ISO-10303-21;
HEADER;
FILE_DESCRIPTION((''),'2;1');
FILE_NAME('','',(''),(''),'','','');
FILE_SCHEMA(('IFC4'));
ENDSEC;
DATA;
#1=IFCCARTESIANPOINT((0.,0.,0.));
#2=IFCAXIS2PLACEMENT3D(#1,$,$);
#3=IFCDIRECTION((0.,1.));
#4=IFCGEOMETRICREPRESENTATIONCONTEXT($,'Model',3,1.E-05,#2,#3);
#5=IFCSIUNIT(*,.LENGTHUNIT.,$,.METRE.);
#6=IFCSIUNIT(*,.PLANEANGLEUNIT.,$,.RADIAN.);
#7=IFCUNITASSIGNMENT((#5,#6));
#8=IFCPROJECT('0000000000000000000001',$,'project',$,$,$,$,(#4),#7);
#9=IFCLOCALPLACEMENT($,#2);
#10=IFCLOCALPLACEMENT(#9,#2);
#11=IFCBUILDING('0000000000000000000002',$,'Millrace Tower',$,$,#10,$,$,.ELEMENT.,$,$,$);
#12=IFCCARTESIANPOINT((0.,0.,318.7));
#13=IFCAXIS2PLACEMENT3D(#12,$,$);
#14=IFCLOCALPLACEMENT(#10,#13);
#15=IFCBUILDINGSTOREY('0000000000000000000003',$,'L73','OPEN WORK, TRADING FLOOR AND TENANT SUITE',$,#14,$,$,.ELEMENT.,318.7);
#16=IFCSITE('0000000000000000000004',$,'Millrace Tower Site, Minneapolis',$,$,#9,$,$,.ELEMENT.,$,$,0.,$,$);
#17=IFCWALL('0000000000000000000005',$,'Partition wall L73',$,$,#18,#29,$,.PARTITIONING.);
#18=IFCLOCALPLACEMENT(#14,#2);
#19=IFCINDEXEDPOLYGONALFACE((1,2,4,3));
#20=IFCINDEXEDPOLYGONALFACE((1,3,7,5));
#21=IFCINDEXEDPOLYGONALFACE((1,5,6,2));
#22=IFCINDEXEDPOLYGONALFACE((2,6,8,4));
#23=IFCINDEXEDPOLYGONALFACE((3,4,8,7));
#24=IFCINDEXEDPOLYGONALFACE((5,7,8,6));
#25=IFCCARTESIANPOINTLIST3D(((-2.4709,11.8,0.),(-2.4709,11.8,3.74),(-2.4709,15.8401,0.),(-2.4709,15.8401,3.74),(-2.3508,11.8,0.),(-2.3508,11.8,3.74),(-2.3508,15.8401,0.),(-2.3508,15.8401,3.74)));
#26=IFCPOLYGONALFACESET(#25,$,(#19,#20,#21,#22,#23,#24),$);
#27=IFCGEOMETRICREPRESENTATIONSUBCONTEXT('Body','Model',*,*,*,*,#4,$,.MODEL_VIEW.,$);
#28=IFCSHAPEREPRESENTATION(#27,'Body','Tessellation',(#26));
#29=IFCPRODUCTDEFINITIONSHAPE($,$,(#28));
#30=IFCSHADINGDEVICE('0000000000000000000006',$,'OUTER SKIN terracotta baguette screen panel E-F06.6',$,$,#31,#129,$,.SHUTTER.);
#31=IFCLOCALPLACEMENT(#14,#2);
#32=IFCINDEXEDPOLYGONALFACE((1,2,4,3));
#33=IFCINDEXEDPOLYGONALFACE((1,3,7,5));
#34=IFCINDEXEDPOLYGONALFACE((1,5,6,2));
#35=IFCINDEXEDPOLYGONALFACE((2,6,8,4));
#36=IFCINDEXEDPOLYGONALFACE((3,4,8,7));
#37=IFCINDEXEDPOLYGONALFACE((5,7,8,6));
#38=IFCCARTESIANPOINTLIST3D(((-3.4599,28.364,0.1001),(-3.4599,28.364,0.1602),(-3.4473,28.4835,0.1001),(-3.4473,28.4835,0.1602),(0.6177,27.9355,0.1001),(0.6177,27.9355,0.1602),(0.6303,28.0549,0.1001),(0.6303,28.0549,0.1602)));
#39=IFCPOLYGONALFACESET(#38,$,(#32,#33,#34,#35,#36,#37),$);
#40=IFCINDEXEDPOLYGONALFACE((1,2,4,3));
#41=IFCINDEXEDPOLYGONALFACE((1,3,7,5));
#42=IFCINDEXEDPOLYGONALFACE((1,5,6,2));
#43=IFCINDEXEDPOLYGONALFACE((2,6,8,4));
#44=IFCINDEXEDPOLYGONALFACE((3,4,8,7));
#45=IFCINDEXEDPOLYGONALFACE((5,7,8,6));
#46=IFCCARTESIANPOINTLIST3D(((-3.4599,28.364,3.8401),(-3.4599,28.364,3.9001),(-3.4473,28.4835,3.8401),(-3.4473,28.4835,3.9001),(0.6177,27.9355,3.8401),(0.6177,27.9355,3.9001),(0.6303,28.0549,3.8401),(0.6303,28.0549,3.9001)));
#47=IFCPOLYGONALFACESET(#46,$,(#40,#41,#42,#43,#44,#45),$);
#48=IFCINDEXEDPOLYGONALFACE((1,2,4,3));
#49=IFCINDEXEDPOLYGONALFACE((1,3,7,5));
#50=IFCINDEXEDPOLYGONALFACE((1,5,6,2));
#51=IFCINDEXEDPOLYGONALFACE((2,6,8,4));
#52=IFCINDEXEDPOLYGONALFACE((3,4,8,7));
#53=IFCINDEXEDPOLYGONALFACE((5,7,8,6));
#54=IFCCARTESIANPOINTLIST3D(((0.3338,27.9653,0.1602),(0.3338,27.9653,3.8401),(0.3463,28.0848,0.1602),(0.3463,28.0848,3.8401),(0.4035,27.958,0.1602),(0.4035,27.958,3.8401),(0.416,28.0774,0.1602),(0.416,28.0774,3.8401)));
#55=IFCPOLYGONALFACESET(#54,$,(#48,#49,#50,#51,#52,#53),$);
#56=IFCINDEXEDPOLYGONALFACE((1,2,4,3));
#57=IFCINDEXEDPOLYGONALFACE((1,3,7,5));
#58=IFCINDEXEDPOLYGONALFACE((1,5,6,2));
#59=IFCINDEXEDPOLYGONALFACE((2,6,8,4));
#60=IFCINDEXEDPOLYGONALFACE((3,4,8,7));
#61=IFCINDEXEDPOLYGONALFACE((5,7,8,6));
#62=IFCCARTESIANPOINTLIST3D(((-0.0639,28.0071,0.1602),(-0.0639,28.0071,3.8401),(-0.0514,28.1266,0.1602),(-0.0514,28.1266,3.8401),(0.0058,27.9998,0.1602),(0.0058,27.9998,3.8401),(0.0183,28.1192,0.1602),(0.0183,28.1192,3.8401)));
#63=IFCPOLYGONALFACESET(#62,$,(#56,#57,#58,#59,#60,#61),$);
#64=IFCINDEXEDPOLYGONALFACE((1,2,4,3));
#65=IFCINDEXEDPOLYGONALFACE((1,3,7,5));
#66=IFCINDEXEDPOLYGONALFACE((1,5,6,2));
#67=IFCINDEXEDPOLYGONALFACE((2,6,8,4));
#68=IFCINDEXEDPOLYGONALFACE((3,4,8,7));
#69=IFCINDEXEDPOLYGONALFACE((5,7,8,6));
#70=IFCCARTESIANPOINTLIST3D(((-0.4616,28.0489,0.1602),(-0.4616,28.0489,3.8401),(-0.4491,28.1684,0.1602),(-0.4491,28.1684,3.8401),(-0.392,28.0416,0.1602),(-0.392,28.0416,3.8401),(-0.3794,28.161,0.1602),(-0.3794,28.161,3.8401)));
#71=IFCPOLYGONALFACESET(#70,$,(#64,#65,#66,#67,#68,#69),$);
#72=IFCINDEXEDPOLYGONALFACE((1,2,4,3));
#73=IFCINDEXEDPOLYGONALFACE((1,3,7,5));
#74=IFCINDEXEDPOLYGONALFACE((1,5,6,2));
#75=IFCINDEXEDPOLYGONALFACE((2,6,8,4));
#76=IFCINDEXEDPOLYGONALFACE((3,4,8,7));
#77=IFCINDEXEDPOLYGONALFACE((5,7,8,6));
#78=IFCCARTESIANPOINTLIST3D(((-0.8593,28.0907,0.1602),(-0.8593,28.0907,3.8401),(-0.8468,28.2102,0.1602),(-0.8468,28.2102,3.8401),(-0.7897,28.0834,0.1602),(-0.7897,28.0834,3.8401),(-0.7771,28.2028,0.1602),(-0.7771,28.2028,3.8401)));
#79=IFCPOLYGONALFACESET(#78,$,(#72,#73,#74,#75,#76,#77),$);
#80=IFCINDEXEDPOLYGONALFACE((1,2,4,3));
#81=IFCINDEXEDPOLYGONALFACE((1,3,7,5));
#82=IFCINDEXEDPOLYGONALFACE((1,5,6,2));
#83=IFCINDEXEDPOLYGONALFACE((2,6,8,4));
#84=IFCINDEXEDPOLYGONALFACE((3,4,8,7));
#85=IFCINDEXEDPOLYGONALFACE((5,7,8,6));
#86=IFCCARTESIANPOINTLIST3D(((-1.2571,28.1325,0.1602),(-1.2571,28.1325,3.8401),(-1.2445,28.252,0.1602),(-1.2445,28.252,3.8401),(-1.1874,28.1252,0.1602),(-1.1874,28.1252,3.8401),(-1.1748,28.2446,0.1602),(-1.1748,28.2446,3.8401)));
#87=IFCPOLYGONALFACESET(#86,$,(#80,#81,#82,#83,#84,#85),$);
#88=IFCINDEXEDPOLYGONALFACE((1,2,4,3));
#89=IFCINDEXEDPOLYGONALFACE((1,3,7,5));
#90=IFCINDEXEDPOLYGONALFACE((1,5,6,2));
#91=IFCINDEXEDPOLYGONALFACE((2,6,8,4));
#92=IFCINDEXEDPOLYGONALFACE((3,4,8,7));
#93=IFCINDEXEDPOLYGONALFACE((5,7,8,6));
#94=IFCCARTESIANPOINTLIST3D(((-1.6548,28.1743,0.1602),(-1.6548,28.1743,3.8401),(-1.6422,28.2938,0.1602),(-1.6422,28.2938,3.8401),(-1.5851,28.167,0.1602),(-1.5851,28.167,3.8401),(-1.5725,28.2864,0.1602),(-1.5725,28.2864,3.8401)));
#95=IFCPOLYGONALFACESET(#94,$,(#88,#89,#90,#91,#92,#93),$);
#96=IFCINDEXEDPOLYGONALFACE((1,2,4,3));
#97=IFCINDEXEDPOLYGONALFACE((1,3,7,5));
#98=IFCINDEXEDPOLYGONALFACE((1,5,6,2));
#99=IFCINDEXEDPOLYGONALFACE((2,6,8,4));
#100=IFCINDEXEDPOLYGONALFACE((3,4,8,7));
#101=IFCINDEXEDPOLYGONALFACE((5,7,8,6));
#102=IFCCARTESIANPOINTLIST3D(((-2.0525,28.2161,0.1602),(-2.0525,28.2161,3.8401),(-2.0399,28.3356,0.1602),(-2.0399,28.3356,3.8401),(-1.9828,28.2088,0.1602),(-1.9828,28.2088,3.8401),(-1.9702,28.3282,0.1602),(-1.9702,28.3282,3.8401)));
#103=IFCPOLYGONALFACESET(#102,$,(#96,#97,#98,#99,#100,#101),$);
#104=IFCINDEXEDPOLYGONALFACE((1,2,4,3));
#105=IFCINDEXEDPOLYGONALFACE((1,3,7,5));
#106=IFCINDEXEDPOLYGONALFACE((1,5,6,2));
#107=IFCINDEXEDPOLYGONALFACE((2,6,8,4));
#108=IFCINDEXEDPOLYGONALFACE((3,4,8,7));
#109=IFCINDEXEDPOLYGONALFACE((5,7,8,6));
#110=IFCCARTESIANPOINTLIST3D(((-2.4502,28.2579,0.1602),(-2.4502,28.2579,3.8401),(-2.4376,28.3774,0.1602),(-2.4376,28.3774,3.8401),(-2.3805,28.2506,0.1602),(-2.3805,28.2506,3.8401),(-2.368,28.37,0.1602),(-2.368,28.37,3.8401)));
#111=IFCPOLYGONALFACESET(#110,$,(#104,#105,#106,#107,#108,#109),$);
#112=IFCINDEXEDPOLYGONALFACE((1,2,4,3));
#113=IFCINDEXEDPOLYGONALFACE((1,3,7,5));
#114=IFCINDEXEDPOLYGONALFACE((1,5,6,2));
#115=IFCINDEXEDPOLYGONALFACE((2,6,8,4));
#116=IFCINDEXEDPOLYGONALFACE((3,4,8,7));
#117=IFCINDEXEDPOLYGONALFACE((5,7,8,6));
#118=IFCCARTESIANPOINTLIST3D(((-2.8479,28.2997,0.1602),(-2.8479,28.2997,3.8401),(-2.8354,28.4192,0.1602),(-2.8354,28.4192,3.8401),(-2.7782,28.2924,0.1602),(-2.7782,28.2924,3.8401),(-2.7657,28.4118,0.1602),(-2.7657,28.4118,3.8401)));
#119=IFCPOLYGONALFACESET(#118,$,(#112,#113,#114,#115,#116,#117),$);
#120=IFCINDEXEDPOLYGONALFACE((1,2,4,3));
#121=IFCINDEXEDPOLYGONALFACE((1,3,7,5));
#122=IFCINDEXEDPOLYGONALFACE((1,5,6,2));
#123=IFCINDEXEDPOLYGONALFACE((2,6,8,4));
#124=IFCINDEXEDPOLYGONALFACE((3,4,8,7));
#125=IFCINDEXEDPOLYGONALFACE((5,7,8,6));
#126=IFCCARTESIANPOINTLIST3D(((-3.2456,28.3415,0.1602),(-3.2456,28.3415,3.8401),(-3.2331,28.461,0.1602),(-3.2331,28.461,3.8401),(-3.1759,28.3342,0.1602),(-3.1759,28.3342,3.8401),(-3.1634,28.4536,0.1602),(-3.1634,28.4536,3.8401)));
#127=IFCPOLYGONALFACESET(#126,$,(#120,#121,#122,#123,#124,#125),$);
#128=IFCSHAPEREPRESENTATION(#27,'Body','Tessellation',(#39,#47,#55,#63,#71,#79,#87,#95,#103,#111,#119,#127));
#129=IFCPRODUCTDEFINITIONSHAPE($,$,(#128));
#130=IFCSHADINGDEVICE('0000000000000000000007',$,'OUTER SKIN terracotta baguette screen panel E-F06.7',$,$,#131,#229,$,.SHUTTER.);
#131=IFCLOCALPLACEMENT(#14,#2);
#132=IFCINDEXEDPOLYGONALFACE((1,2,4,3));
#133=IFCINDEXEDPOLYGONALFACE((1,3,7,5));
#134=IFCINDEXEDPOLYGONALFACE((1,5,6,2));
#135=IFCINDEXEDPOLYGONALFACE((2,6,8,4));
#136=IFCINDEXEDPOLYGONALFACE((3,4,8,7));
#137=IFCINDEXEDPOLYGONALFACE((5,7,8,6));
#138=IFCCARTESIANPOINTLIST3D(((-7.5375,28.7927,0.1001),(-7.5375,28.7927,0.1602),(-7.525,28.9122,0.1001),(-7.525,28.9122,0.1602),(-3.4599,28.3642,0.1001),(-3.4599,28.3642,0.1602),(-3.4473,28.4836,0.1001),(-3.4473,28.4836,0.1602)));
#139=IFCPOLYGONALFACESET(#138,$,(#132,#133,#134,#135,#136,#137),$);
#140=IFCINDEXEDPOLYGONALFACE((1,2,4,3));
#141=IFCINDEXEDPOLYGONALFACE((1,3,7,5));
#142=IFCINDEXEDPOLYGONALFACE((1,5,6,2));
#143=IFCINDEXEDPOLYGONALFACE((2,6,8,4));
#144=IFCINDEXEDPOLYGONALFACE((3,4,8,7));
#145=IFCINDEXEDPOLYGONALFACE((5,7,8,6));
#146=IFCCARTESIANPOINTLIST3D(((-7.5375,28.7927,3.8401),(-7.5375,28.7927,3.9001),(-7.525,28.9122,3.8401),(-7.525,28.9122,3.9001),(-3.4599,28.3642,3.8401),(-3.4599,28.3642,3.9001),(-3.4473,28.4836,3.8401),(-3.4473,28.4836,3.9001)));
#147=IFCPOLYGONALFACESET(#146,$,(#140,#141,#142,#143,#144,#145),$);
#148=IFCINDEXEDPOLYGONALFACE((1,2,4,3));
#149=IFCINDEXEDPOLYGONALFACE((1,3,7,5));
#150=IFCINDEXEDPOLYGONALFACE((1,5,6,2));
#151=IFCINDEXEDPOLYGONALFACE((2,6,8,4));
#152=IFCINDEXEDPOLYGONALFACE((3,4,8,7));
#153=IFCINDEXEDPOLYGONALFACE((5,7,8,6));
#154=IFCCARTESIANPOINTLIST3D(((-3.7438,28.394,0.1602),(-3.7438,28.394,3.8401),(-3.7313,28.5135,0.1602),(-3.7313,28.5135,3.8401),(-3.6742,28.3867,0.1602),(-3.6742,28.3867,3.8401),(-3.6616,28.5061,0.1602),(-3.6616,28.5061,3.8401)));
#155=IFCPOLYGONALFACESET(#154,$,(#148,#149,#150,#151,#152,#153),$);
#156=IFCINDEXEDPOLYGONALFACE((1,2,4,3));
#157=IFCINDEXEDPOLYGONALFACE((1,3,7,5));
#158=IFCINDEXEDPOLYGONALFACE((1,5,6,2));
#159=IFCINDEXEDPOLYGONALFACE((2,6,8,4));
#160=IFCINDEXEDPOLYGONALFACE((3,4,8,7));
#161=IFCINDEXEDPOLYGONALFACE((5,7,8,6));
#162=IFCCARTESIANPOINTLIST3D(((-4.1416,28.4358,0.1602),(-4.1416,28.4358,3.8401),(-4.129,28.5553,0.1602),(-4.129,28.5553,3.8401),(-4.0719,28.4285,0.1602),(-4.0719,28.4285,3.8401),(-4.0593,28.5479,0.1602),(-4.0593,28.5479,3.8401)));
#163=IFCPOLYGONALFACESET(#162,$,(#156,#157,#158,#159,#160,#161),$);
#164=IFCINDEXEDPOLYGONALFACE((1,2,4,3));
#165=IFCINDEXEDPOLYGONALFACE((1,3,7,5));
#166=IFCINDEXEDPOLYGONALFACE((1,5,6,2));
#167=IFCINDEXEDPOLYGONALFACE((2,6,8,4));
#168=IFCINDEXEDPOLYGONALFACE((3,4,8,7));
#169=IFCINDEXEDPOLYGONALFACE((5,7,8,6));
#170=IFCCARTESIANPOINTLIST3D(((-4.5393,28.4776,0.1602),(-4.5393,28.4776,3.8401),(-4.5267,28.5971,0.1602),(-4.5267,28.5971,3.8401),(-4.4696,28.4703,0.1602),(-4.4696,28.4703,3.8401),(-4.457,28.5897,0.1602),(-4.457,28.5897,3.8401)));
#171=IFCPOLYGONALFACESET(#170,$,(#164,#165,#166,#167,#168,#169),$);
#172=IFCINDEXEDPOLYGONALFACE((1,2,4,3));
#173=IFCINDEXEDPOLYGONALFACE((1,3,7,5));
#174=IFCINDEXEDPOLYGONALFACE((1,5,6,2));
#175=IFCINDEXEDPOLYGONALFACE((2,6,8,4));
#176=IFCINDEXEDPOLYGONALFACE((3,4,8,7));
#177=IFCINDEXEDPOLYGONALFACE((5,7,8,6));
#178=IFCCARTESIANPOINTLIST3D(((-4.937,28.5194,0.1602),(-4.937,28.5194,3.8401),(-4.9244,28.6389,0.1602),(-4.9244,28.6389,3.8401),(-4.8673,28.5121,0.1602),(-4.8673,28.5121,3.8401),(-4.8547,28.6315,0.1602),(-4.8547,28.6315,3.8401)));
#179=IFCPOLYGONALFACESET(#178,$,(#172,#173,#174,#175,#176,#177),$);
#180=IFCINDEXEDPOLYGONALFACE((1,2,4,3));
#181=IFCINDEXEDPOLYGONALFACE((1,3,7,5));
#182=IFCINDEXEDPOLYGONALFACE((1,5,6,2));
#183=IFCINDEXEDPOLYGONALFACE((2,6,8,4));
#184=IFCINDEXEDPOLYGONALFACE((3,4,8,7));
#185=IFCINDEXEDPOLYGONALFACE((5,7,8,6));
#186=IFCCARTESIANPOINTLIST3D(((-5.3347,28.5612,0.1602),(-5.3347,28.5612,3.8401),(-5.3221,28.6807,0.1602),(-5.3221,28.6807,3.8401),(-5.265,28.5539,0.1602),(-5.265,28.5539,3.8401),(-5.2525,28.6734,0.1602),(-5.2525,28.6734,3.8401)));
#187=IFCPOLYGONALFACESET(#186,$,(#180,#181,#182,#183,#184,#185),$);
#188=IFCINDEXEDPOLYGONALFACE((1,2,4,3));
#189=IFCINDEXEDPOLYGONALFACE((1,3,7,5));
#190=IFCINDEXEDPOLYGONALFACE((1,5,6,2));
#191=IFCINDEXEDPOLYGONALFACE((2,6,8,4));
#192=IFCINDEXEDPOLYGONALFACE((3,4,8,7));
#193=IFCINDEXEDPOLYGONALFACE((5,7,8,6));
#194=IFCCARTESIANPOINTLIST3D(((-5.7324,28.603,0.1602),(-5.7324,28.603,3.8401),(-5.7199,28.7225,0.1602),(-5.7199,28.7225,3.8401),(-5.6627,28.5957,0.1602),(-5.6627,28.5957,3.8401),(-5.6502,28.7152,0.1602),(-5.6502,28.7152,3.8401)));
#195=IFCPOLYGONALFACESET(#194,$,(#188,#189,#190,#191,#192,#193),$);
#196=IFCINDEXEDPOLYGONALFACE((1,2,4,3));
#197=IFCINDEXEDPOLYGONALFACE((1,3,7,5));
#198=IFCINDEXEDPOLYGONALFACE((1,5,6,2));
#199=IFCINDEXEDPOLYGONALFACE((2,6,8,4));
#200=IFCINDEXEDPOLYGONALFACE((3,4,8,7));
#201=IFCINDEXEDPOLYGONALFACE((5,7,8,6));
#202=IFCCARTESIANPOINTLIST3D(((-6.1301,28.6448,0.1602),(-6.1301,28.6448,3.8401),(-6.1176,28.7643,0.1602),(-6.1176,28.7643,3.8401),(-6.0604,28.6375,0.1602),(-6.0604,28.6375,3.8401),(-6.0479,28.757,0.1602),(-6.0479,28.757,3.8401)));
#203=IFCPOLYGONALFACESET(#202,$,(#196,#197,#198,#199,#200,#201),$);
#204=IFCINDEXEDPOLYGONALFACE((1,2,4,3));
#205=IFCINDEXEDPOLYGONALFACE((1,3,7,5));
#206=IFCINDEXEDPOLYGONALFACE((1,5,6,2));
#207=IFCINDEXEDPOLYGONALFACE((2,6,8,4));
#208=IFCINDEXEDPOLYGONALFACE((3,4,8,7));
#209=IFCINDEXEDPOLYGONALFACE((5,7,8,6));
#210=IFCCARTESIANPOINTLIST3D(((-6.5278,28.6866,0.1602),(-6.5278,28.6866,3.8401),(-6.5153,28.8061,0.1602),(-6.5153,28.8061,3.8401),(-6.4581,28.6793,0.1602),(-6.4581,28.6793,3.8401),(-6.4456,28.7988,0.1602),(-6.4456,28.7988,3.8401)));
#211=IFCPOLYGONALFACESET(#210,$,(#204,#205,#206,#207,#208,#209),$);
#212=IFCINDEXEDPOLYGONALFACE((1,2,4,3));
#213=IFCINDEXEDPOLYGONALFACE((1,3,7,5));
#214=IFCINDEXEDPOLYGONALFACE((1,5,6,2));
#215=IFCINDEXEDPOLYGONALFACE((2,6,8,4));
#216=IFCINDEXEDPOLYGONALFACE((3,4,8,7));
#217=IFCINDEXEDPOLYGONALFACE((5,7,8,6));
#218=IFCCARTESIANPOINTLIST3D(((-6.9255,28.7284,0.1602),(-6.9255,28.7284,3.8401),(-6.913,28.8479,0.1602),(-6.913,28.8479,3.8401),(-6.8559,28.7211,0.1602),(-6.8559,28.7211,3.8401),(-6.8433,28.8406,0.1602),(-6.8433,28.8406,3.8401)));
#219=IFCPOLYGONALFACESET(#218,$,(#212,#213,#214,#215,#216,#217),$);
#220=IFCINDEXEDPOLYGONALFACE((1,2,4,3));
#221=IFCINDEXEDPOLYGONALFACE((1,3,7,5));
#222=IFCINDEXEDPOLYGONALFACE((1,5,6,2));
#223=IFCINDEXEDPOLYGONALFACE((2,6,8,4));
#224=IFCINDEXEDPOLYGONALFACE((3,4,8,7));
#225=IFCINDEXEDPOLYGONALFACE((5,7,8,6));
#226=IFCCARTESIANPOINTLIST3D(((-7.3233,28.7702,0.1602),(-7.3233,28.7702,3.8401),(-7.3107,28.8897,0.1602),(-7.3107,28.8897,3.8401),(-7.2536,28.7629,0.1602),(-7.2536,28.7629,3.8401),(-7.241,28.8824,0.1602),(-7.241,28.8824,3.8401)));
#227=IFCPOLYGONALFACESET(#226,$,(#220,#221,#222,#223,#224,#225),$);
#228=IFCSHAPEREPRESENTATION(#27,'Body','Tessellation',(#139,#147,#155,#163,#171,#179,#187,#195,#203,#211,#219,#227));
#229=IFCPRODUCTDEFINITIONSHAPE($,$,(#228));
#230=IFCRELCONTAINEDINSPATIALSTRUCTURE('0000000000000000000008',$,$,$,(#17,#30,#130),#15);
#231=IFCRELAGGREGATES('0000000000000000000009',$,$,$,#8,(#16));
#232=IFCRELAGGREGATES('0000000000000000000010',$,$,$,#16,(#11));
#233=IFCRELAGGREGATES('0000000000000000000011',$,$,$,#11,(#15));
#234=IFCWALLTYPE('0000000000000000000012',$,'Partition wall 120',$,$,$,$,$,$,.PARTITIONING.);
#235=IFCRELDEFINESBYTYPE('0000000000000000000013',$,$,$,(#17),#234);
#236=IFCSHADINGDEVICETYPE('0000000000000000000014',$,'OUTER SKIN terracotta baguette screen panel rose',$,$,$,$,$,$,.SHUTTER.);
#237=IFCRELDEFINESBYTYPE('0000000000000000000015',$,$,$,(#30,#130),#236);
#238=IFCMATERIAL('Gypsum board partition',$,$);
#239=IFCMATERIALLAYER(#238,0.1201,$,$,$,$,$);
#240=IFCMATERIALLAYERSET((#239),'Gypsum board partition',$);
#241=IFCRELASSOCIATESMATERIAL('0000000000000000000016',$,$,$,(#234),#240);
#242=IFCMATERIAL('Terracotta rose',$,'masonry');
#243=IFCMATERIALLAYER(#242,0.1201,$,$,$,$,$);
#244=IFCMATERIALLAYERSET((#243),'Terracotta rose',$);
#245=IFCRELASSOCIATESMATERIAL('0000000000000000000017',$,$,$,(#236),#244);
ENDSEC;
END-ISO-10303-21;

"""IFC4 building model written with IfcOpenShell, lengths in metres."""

from ifc_helpers import new_model, entity, si_unit, direction, frame, frame_2d, origin, place, context, subcontext, project, spatial, rectangle, extrude, source, transform, mapped, material, layer, layer_set, type_object, element, save


model = new_model("IFC4")

# Units and contexts
model_context = context("Model", 3, precision=1e-05, world=origin(), true_north=direction((0.0, 1.0)))
body_context = subcontext(model_context, "Body", "Model", "MODEL_VIEW")
ifc_project = project(units=[si_unit("LENGTHUNIT", "METRE"), si_unit("PLANEANGLEUNIT", "RADIAN")], contexts=[model_context])

# Site, building, storey
site_placement = place(None, origin())
site = spatial("IfcSite", under=ifc_project, at=site_placement, Name="Millrace Tower Site, Minneapolis", CompositionType="ELEMENT", RefElevation=0.0)
building_placement = place(site_placement, origin())
building = spatial("IfcBuilding", under=site, at=building_placement, Name="Millrace Tower", CompositionType="ELEMENT")
storey_placement = place(building_placement, frame((0.0, 0.0, 318.7)))
storey = spatial("IfcBuildingStorey", under=building, at=storey_placement, Name="L73", Description="OPEN WORK, TRADING FLOOR AND TENANT SUITE", CompositionType="ELEMENT", Elevation=318.7)

# Wall
ifc_material_1 = material(Name="Gypsum board partition")
ifc_layer_1 = layer(ifc_material_1, 0.1201)
ifc_layer_set_1 = layer_set([ifc_layer_1], Name="Gypsum board partition")
wall_type_1 = type_object("IfcWallType", Name="Partition wall 120", PredefinedType="PARTITIONING", material=ifc_layer_set_1)
wall_1_placement = place(storey_placement, frame((-2.4109, 11.8, 0.0), z_axis=(0.0, 0.0, 1.0), x_axis=(0.0, 1.0, 0.0)))
element("IfcWall", 1, at=wall_1_placement, inside=storey, type_object=wall_type_1, Name="Partition wall L73", PredefinedType="PARTITIONING", context=body_context, shape_type="SweptSolid", body=[
    extrude(rectangle(XDim=4.04, YDim=0.1201, at=frame_2d((2.02, 0.0))), origin(), (0.0, 0.0, 1.0), 3.74),
])

# Shading devices
ifc_material_2 = material(Name="Terracotta rose", Category="masonry")
ifc_layer_2 = layer(ifc_material_2, 0.1201)
ifc_layer_set_2 = layer_set([ifc_layer_2], Name="Terracotta rose")
shading_device_type = type_object("IfcShadingDeviceType", Name="OUTER SKIN terracotta baguette screen panel rose", PredefinedType="SHUTTER", material=ifc_layer_set_2)
cartesian_point_1 = entity("IfcCartesianPoint", [-2.05, 0.0601])
shared_polyline_1 = entity("IfcPolyline", [cartesian_point_1, entity("IfcCartesianPoint", [2.05, 0.0601]), entity("IfcCartesianPoint", [2.05, -0.0601]), entity("IfcCartesianPoint", [-2.05, -0.0601]), cartesian_point_1])
shared_shape_1 = source(origin(), body_context, "Body", "SweptSolid", [
    entity("IfcExtrudedAreaSolid", entity("IfcArbitraryClosedProfileDef", "AREA", None, shared_polyline_1), entity("IfcAxis2Placement3D", entity("IfcCartesianPoint", [0.0, 0.0, 0.0])), entity("IfcDirection", [0.0, 0.0, 1.0]), 0.0601),
    entity("IfcExtrudedAreaSolid", entity("IfcArbitraryClosedProfileDef", "AREA", None, shared_polyline_1), entity("IfcAxis2Placement3D", entity("IfcCartesianPoint", [0.0, 0.0, 3.74])), entity("IfcDirection", [0.0, 0.0, 1.0]), 0.0601),
    extrude(rectangle(XDim=0.0701, YDim=0.1201, at=frame_2d((-1.7996, 0.0))), frame((0.0, 0.0, 0.0601)), (0.0, 0.0, 1.0), 3.6799),
    extrude(rectangle(XDim=0.0701, YDim=0.1201, at=frame_2d((-1.3997, 0.0))), frame((0.0, 0.0, 0.0601)), (0.0, 0.0, 1.0), 3.6799),
    extrude(rectangle(XDim=0.0701, YDim=0.1201, at=frame_2d((-0.9998, 0.0))), frame((0.0, 0.0, 0.0601)), (0.0, 0.0, 1.0), 3.6799),
    extrude(rectangle(XDim=0.0701, YDim=0.1201, at=frame_2d((-0.5999, 0.0))), frame((0.0, 0.0, 0.0601)), (0.0, 0.0, 1.0), 3.6799),
    extrude(rectangle(XDim=0.0701, YDim=0.1201, at=frame_2d((-0.2, 0.0))), frame((0.0, 0.0, 0.0601)), (0.0, 0.0, 1.0), 3.6799),
    extrude(rectangle(XDim=0.0701, YDim=0.1201, at=frame_2d((0.2, 0.0))), frame((0.0, 0.0, 0.0601)), (0.0, 0.0, 1.0), 3.6799),
    extrude(rectangle(XDim=0.0701, YDim=0.1201, at=frame_2d((0.5999, 0.0))), frame((0.0, 0.0, 0.0601)), (0.0, 0.0, 1.0), 3.6799),
    extrude(rectangle(XDim=0.0701, YDim=0.1201, at=frame_2d((0.9998, 0.0))), frame((0.0, 0.0, 0.0601)), (0.0, 0.0, 1.0), 3.6799),
    extrude(rectangle(XDim=0.0701, YDim=0.1201, at=frame_2d((1.3997, 0.0))), frame((0.0, 0.0, 0.0601)), (0.0, 0.0, 1.0), 3.6799),
    extrude(rectangle(XDim=0.0701, YDim=0.1201, at=frame_2d((1.7996, 0.0))), frame((0.0, 0.0, 0.0601)), (0.0, 0.0, 1.0), 3.6799),
])
for number, where, z_axis, x_axis, name in (
    (2, (-1.4148, 28.2095, 0.1001), (0.0, 0.0, 1.0), (-0.994522, 0.104528, 0.0), "OUTER SKIN terracotta baguette screen panel E-F06.6"),
    (3, (-5.4924, 28.6382, 0.1001), (0.0, 0.0, 1.0), (-0.994522, 0.104528, 0.0), "OUTER SKIN terracotta baguette screen panel E-F06.7"),
):
    element("IfcShadingDevice", number, at=place(storey_placement, frame(where, z_axis=z_axis, x_axis=x_axis)), inside=storey, type_object=shading_device_type, Name=name, PredefinedType="SHUTTER", context=body_context, shape_type="MappedRepresentation", body=[
        mapped(shared_shape_1, transform((0.0, 0.0, 0.0), scale=1.0)),
    ])

save(model, "model.ifc")
